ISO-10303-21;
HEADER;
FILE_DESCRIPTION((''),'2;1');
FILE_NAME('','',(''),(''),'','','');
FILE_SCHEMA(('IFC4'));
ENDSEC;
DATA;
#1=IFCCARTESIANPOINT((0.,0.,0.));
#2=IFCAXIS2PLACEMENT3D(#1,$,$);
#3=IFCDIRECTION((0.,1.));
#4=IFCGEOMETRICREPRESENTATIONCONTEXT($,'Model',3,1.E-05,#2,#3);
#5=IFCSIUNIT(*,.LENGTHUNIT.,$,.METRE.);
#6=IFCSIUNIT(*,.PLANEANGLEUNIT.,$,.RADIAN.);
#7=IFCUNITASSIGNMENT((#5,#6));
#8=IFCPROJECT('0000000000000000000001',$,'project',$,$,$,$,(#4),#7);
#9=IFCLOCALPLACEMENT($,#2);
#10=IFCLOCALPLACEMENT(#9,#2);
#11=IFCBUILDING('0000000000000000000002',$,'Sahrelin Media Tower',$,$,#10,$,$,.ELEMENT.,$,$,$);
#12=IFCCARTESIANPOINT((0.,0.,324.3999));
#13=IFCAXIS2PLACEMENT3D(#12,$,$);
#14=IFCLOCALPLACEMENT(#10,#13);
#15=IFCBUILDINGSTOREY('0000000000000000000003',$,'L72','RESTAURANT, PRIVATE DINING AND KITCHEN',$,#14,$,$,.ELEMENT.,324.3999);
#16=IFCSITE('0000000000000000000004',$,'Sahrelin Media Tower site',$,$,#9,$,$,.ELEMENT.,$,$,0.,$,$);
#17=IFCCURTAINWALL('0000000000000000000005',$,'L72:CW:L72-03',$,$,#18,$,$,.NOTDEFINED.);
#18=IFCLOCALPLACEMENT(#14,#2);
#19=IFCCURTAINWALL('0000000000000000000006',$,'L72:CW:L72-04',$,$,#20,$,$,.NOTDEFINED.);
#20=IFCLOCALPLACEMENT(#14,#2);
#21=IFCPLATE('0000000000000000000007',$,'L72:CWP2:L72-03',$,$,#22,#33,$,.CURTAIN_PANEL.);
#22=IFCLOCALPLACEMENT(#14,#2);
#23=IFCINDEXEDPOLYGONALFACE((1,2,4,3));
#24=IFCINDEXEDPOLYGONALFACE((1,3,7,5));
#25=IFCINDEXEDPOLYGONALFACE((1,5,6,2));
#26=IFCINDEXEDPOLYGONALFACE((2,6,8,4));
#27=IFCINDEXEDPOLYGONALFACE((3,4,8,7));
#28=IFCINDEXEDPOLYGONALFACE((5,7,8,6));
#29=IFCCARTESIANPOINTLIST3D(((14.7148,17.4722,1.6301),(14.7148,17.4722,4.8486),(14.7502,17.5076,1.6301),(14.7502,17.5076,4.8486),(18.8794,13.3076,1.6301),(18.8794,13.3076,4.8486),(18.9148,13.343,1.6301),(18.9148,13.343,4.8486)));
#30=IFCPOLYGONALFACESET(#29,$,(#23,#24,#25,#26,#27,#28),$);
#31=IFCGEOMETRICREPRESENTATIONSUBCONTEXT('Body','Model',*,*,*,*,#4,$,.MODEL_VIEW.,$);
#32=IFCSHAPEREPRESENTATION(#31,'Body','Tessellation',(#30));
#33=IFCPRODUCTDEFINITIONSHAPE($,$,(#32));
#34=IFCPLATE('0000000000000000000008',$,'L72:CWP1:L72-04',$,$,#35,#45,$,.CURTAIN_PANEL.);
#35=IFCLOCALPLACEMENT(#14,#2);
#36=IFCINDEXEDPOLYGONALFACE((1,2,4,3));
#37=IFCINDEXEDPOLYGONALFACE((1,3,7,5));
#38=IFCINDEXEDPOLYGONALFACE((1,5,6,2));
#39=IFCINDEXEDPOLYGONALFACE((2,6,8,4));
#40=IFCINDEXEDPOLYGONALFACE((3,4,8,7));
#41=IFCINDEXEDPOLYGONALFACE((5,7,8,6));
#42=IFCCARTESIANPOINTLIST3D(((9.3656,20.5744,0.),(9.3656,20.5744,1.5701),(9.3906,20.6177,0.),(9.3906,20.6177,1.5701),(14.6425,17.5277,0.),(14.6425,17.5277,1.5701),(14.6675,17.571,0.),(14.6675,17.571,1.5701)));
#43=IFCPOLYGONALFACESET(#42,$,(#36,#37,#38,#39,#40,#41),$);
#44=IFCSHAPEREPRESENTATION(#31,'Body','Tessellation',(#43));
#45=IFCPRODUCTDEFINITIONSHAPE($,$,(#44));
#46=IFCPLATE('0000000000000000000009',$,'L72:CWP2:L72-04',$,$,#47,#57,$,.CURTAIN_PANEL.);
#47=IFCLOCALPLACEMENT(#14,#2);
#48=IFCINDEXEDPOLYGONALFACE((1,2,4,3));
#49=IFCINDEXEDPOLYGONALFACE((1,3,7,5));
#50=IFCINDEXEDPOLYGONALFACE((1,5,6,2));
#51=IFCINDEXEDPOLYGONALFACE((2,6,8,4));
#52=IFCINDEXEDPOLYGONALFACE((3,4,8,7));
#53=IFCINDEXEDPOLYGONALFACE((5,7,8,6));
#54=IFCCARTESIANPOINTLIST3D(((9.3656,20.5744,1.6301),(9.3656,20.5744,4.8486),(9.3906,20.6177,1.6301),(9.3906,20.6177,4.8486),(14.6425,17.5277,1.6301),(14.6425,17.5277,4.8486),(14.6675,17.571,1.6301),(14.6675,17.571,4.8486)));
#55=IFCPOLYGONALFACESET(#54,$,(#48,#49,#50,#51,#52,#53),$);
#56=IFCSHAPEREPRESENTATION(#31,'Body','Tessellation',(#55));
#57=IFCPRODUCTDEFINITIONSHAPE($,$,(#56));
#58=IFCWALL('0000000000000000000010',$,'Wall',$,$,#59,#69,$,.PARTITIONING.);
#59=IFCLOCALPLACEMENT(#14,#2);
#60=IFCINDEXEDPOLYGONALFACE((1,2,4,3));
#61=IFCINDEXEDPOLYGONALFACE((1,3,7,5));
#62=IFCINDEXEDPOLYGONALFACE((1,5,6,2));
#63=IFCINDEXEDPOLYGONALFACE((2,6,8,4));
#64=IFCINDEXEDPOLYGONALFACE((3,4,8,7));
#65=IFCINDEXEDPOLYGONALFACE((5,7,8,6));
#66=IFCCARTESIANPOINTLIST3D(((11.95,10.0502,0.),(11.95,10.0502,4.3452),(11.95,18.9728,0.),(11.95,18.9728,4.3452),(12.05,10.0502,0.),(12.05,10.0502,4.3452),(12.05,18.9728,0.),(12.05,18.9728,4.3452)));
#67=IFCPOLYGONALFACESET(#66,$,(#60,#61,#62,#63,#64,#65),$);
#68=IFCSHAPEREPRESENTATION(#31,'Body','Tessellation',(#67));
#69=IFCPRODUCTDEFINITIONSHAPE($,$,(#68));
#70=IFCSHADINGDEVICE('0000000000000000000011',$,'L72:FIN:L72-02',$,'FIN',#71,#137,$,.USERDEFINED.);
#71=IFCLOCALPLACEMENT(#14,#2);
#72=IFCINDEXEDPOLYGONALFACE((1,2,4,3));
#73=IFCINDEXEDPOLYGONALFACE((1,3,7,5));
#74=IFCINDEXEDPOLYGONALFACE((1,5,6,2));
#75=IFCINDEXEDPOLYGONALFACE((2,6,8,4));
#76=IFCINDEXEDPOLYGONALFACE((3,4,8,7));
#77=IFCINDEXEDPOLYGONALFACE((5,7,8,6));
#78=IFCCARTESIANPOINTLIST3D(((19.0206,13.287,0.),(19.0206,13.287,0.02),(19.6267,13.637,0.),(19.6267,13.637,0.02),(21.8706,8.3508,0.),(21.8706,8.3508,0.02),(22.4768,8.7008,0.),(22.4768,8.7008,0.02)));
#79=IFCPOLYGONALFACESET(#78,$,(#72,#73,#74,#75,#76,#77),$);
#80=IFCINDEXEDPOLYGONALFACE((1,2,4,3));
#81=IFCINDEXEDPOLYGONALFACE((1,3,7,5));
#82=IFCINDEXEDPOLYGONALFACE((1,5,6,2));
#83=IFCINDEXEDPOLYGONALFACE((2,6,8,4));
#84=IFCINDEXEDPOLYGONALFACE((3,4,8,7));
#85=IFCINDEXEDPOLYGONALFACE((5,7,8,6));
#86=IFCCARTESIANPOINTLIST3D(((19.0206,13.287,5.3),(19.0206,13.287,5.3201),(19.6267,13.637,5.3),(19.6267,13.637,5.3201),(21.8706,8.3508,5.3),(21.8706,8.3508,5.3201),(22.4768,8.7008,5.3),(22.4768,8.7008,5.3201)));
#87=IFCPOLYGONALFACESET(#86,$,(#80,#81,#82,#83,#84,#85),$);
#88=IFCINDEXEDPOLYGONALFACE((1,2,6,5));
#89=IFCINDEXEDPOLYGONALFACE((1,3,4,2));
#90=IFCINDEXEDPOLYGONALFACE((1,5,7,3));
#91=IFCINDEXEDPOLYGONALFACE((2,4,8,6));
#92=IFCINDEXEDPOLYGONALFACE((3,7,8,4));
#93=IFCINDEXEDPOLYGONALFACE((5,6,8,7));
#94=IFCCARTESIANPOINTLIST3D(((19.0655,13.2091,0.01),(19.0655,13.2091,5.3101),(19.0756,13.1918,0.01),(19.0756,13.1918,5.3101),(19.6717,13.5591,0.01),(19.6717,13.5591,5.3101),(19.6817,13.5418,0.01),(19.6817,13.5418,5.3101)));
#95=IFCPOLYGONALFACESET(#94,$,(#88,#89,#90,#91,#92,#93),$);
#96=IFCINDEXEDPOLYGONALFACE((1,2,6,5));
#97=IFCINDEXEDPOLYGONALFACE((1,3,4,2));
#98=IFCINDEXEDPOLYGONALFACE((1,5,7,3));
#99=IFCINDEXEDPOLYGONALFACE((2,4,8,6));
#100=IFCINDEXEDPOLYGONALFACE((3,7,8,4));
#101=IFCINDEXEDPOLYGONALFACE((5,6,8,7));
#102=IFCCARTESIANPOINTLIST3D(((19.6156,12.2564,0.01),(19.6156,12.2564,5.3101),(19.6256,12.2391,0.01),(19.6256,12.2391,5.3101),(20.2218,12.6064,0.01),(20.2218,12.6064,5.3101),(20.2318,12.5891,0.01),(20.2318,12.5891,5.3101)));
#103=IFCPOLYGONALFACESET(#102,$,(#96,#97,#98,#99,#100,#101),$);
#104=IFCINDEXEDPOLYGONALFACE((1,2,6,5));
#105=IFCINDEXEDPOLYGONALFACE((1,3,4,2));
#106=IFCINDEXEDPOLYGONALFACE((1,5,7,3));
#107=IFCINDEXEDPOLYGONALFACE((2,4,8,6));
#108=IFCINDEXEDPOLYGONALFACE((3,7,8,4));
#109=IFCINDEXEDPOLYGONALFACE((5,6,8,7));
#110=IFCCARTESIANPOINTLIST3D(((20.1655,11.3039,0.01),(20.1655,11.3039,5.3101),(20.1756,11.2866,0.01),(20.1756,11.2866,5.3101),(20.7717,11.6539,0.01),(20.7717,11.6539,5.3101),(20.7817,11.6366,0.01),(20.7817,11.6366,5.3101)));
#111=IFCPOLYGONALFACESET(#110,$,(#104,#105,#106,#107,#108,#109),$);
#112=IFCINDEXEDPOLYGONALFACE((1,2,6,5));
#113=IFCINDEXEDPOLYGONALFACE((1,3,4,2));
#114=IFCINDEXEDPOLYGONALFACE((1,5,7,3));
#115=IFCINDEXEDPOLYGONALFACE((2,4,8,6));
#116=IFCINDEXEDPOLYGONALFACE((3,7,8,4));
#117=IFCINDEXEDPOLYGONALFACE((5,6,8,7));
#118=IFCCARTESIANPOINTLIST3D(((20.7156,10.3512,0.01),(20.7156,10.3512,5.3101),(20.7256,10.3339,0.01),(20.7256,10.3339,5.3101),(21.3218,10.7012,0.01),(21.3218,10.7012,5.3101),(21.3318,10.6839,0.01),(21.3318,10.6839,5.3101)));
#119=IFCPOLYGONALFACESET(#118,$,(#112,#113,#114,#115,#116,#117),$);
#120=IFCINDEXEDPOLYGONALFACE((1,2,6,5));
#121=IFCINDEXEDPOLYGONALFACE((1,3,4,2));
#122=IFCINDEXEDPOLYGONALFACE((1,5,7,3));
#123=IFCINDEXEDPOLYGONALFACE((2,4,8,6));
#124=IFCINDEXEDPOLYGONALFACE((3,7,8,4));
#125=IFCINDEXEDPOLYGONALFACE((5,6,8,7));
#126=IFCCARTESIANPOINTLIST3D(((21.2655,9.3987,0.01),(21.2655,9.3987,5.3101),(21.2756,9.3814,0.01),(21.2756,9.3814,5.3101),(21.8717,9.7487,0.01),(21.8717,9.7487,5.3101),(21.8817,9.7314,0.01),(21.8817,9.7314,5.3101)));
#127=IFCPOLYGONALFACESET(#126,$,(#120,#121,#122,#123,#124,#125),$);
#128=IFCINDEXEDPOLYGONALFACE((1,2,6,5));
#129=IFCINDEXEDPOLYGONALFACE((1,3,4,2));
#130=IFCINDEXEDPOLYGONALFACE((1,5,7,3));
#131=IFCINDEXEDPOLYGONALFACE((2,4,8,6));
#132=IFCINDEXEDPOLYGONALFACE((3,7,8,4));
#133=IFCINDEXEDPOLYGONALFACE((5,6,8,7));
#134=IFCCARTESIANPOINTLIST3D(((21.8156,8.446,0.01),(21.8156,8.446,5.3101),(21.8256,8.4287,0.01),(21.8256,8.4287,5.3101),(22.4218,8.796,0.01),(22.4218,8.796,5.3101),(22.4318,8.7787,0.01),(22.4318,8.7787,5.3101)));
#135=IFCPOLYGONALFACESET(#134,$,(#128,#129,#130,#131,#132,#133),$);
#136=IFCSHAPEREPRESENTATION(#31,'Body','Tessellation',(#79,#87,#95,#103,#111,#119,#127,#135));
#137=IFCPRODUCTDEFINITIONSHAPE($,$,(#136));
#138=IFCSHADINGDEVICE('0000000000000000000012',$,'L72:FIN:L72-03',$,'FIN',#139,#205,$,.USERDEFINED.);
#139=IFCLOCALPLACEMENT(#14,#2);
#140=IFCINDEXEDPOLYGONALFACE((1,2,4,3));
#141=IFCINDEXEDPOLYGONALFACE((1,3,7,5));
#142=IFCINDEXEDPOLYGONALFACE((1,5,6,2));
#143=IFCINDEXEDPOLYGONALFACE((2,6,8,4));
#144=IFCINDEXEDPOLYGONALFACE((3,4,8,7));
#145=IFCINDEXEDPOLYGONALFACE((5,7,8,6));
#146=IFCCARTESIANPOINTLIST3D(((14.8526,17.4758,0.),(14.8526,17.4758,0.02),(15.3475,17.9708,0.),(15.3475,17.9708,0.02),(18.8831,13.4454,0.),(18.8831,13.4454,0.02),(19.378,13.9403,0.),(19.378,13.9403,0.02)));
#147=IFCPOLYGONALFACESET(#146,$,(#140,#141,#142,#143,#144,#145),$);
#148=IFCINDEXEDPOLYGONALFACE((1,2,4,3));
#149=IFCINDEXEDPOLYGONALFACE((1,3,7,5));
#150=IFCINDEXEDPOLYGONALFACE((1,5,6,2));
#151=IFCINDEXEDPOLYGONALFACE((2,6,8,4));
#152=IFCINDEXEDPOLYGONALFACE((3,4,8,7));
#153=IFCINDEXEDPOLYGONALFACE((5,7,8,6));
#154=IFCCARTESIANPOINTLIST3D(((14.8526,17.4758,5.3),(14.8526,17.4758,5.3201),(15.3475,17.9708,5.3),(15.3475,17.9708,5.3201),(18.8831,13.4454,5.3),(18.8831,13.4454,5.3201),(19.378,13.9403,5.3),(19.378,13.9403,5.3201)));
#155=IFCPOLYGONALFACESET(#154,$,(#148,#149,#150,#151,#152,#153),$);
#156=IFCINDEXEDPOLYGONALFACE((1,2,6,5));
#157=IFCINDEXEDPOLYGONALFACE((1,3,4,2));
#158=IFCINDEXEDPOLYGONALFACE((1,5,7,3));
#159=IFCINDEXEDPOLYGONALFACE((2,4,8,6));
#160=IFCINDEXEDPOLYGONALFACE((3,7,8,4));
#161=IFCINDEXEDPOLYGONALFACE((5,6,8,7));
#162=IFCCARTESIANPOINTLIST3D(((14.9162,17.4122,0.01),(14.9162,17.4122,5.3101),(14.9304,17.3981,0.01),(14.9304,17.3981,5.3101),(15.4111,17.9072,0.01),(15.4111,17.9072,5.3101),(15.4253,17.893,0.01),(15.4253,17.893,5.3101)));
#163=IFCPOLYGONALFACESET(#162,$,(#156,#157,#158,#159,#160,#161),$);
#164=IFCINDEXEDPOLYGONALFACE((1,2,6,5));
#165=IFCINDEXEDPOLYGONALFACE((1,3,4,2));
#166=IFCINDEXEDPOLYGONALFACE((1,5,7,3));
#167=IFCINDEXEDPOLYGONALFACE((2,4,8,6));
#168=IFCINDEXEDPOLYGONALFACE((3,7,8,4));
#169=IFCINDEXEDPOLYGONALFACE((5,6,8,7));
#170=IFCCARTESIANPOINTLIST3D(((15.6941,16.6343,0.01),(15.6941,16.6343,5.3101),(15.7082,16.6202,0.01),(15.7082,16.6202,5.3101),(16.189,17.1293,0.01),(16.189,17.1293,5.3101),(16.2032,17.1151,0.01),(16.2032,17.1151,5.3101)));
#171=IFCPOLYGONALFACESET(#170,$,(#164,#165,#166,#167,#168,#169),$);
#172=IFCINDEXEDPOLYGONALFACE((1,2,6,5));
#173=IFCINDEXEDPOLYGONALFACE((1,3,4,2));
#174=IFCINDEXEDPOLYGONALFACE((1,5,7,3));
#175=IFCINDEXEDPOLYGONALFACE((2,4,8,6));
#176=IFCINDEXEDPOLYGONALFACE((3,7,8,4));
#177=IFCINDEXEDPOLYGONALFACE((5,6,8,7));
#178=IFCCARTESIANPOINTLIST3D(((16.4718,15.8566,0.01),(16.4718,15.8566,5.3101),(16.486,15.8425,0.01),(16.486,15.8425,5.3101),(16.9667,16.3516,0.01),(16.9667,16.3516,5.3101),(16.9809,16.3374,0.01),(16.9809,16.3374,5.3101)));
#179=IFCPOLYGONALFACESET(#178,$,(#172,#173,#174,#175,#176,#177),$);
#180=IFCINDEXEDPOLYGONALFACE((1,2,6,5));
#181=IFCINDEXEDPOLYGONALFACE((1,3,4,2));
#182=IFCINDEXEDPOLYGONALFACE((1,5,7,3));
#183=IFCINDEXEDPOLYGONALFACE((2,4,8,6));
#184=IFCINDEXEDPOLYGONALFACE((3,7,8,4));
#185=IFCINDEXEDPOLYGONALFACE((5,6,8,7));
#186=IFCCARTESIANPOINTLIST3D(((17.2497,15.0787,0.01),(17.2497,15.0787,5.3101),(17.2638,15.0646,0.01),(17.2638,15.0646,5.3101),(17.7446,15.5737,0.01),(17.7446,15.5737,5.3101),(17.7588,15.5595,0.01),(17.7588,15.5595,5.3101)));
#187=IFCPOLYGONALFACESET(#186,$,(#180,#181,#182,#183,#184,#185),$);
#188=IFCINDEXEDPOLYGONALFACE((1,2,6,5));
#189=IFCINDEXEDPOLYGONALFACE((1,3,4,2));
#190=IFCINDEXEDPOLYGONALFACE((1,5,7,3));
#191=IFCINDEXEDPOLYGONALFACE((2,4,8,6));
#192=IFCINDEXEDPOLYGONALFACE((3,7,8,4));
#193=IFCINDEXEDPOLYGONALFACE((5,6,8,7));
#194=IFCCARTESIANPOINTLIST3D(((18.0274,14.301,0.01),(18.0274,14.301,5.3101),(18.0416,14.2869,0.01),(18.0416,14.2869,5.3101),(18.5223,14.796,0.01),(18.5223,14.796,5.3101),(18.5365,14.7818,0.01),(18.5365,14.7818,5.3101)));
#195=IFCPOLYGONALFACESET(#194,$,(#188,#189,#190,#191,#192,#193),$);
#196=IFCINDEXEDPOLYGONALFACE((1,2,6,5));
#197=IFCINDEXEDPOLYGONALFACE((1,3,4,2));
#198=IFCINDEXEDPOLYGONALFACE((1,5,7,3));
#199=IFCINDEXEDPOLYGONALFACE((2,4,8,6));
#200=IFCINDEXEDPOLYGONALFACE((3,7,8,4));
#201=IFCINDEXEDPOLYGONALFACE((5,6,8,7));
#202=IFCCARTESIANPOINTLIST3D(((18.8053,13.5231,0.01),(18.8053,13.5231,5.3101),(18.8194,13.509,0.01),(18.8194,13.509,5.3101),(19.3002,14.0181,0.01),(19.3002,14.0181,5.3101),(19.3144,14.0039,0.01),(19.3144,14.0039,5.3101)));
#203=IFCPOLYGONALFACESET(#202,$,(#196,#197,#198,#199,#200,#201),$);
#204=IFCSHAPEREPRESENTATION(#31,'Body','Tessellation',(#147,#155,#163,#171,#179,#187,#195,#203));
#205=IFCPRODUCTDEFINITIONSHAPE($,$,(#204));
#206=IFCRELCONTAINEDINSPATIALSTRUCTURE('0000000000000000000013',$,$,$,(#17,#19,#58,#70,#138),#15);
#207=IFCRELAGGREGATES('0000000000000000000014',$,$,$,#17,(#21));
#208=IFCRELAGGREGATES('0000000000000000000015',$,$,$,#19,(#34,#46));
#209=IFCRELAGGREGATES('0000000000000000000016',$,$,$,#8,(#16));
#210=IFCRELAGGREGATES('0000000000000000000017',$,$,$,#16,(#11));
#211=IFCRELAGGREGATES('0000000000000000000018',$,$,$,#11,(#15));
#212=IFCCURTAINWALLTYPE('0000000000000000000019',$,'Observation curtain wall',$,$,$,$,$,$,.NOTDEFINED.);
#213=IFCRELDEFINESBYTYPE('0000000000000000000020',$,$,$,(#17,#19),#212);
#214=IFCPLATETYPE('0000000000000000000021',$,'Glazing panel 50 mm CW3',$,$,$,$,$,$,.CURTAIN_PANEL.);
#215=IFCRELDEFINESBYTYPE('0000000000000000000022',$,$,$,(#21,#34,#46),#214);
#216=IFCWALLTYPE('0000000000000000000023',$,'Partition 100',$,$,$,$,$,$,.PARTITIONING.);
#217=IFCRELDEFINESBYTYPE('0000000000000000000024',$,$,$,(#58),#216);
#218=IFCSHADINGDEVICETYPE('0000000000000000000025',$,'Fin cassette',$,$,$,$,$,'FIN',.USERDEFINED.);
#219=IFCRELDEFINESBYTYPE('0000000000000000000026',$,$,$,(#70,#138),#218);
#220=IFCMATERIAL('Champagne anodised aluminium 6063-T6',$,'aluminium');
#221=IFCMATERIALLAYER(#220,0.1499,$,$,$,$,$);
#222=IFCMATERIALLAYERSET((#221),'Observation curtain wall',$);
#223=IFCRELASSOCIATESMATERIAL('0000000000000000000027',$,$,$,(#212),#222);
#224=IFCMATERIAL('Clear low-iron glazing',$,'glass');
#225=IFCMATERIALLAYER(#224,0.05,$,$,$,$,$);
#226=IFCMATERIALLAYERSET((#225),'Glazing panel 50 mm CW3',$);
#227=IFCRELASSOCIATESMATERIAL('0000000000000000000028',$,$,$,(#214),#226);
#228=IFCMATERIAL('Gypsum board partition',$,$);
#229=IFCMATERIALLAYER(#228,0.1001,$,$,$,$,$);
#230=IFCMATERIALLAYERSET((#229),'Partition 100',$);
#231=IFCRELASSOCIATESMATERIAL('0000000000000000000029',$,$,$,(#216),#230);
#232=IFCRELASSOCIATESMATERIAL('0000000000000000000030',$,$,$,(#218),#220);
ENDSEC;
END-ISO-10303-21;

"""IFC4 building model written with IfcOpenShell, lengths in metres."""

from ifc_helpers import new_model, si_unit, direction, frame, frame_2d, origin, origin_2d, place, context, subcontext, project, spatial, polyline, rectangle, outline, extrude, material, layer, layer_set, type_object, element, aggregate, save


model = new_model("IFC4")

# Units and contexts
model_context = context("Model", 3, precision=1e-05, world=origin(), true_north=direction((0.0, 1.0)))
body_context = subcontext(model_context, "Body", "Model", "MODEL_VIEW")
ifc_project = project(units=[si_unit("LENGTHUNIT", "METRE"), si_unit("PLANEANGLEUNIT", "RADIAN")], contexts=[model_context])

# Site, building, storey
site_placement = place(None, origin())
site = spatial("IfcSite", under=ifc_project, at=site_placement, Name="Sahrelin Media Tower site", CompositionType="ELEMENT", RefElevation=0.0)
building_placement = place(site_placement, origin())
building = spatial("IfcBuilding", under=site, at=building_placement, Name="Sahrelin Media Tower", CompositionType="ELEMENT")
storey_placement = place(building_placement, frame((0.0, 0.0, 324.3999)))
storey = spatial("IfcBuildingStorey", under=building, at=storey_placement, Name="L72", Description="RESTAURANT, PRIVATE DINING AND KITCHEN", CompositionType="ELEMENT", Elevation=324.3999)

# Curtain walls
ifc_material_1 = material(Name="Champagne anodised aluminium 6063-T6", Category="aluminium")
ifc_layer_1 = layer(ifc_material_1, 0.1499)
ifc_layer_set_1 = layer_set([ifc_layer_1], Name="Observation curtain wall")
curtain_wall_type = type_object("IfcCurtainWallType", Name="Observation curtain wall", PredefinedType="NOTDEFINED", material=ifc_layer_set_1)
curtain_wall_1_placement = place(storey_placement, frame((16.8184, 15.4111, 0.0), z_axis=(0.0, 0.0, 1.0), x_axis=(1.0, 0.0, 0.0)))
curtain_wall_1 = element("IfcCurtainWall", 1, at=curtain_wall_1_placement, inside=storey, type_object=curtain_wall_type, Name="L72:CW:L72-03", PredefinedType="NOTDEFINED")
curtain_wall_2_placement = place(storey_placement, frame((12.019, 19.0771, 0.0), z_axis=(0.0, 0.0, 1.0), x_axis=(1.0, 0.0, 0.0)))
curtain_wall_2 = element("IfcCurtainWall", 2, at=curtain_wall_2_placement, inside=storey, type_object=curtain_wall_type, Name="L72:CW:L72-04", PredefinedType="NOTDEFINED")

# Plates
ifc_material_2 = material(Name="Clear low-iron glazing", Category="glass")
ifc_layer_2 = layer(ifc_material_2, 0.05)
ifc_layer_set_2 = layer_set([ifc_layer_2], Name="Glazing panel 50 mm CW3")
plate_type = type_object("IfcPlateType", Name="Glazing panel 50 mm CW3", PredefinedType="CURTAIN_PANEL", material=ifc_layer_set_2)
plate_1_placement = place(storey_placement, frame((18.9148, 13.343, 1.6301), z_axis=(0.707107, 0.707107, 0.0), x_axis=(-0.707107, 0.707107, 0.0)))
plate_1 = element("IfcPlate", 3, at=plate_1_placement, type_object=plate_type, Name="L72:CWP2:L72-03", PredefinedType="CURTAIN_PANEL", context=body_context, shape_type="SweptSolid", body=[
    extrude(outline(polyline([(0.0, 0.0), (5.8896, 0.0), (5.8896, 3.2185), (0.0, 3.2185), (0.0, 0.0)])), origin(), (0.0, 0.0, -1.0), 0.05),
])
aggregate(curtain_wall_1, [plate_1])
plate_2_placement = place(storey_placement, frame((14.6675, 17.571, 0.0), z_axis=(0.500005, 0.866023, 0.0), x_axis=(-0.866023, 0.500005, 0.0)))
plate_2 = element("IfcPlate", 4, at=plate_2_placement, type_object=plate_type, Name="L72:CWP1:L72-04", PredefinedType="CURTAIN_PANEL", context=body_context, shape_type="SweptSolid", body=[
    extrude(outline(polyline([(0.0, 0.0), (6.0933, 0.0), (6.0933, 1.5701), (0.0, 1.5701), (0.0, 0.0)])), origin(), (0.0, 0.0, -1.0), 0.05),
])
plate_3_placement = place(storey_placement, frame((14.6675, 17.571, 1.6301), z_axis=(0.500005, 0.866023, 0.0), x_axis=(-0.866023, 0.500005, 0.0)))
plate_3 = element("IfcPlate", 5, at=plate_3_placement, type_object=plate_type, Name="L72:CWP2:L72-04", PredefinedType="CURTAIN_PANEL", context=body_context, shape_type="SweptSolid", body=[
    extrude(outline(polyline([(0.0, 0.0), (6.0933, 0.0), (6.0933, 3.2185), (0.0, 3.2185), (0.0, 0.0)])), origin(), (0.0, 0.0, -1.0), 0.05),
])
aggregate(curtain_wall_2, [plate_2, plate_3])

# Wall
ifc_material_3 = material(Name="Gypsum board partition")
ifc_layer_3 = layer(ifc_material_3, 0.1001)
ifc_layer_set_3 = layer_set([ifc_layer_3], Name="Partition 100")
wall_type = type_object("IfcWallType", Name="Partition 100", PredefinedType="PARTITIONING", material=ifc_layer_set_3)
wall_placement = place(storey_placement, frame((12.0, 10.05, 0.0), z_axis=(0.0, 0.0, 1.0), x_axis=(0.0, 1.0, 0.0)))
element("IfcWall", 6, at=wall_placement, inside=storey, type_object=wall_type, Name="Wall", PredefinedType="PARTITIONING", context=body_context, shape_type="SweptSolid", body=[
    extrude(rectangle(XDim=8.9226, YDim=0.1001, at=frame_2d((4.4614, 0.0))), origin(), (0.0, 0.0, 1.0), 4.3452),
])

# Shading devices
shading_device_type_1 = type_object("IfcShadingDeviceType", Name="Fin cassette", ElementType="FIN", PredefinedType="USERDEFINED", material=ifc_material_1)
placement_1 = place(storey_placement, frame((20.385, 10.7839, 0.0), z_axis=(0.0, 0.0, 1.0), x_axis=(0.500011, -0.866019, 0.0)))
element("IfcShadingDevice", 7, at=placement_1, inside=storey, type_object=shading_device_type_1, Name="L72:FIN:L72-02", ObjectType="FIN", PredefinedType="USERDEFINED", context=body_context, shape_type="SweptSolid", body=[
    extrude(rectangle(XDim=5.7, YDim=0.7, at=origin_2d()), frame((0.0, 0.4199, 0.0)), (0.0, 0.0, 1.0), 0.02),
    extrude(rectangle(XDim=5.7, YDim=0.7, at=origin_2d()), frame((0.0, 0.4199, 5.3)), (0.0, 0.0, 1.0), 0.02),
    extrude(rectangle(XDim=0.02, YDim=0.7, at=origin_2d()), frame((-2.75, 0.4199, 0.01), z_axis=(0.0, 0.0, 1.0), x_axis=(1.0, 0.0, 0.0)), (0.0, 0.0, 1.0), 5.3),
    extrude(rectangle(XDim=0.02, YDim=0.7, at=origin_2d()), frame((-1.6499, 0.4199, 0.01), z_axis=(0.0, 0.0, 1.0), x_axis=(1.0, 0.0, 0.0)), (0.0, 0.0, 1.0), 5.3),
    extrude(rectangle(XDim=0.02, YDim=0.7, at=origin_2d()), frame((-0.55, 0.4199, 0.01), z_axis=(0.0, 0.0, 1.0), x_axis=(1.0, 0.0, 0.0)), (0.0, 0.0, 1.0), 5.3),
    extrude(rectangle(XDim=0.02, YDim=0.7, at=origin_2d()), frame((0.55, 0.4199, 0.01), z_axis=(0.0, 0.0, 1.0), x_axis=(1.0, 0.0, 0.0)), (0.0, 0.0, 1.0), 5.3),
    extrude(rectangle(XDim=0.02, YDim=0.7, at=origin_2d()), frame((1.6499, 0.4199, 0.01), z_axis=(0.0, 0.0, 1.0), x_axis=(1.0, 0.0, 0.0)), (0.0, 0.0, 1.0), 5.3),
    extrude(rectangle(XDim=0.02, YDim=0.7, at=origin_2d()), frame((2.75, 0.4199, 0.01), z_axis=(0.0, 0.0, 1.0), x_axis=(1.0, 0.0, 0.0)), (0.0, 0.0, 1.0), 5.3),
])
placement_2 = place(storey_placement, frame((16.8184, 15.4111, 0.0), z_axis=(0.0, 0.0, 1.0), x_axis=(0.707107, -0.707107, 0.0)))
element("IfcShadingDevice", 8, at=placement_2, inside=storey, type_object=shading_device_type_1, Name="L72:FIN:L72-03", ObjectType="FIN", PredefinedType="USERDEFINED", context=body_context, shape_type="SweptSolid", body=[
    extrude(rectangle(XDim=5.7, YDim=0.7, at=origin_2d()), frame((0.0, 0.4199, 0.0)), (0.0, 0.0, 1.0), 0.02),
    extrude(rectangle(XDim=5.7, YDim=0.7, at=origin_2d()), frame((0.0, 0.4199, 5.3)), (0.0, 0.0, 1.0), 0.02),
    extrude(rectangle(XDim=0.02, YDim=0.7, at=origin_2d()), frame((-2.75, 0.4199, 0.01), z_axis=(0.0, 0.0, 1.0), x_axis=(1.0, 0.0, 0.0)), (0.0, 0.0, 1.0), 5.3),
    extrude(rectangle(XDim=0.02, YDim=0.7, at=origin_2d()), frame((-1.6499, 0.4199, 0.01), z_axis=(0.0, 0.0, 1.0), x_axis=(1.0, 0.0, 0.0)), (0.0, 0.0, 1.0), 5.3),
    extrude(rectangle(XDim=0.02, YDim=0.7, at=origin_2d()), frame((-0.55, 0.4199, 0.01), z_axis=(0.0, 0.0, 1.0), x_axis=(1.0, 0.0, 0.0)), (0.0, 0.0, 1.0), 5.3),
    extrude(rectangle(XDim=0.02, YDim=0.7, at=origin_2d()), frame((0.55, 0.4199, 0.01), z_axis=(0.0, 0.0, 1.0), x_axis=(1.0, 0.0, 0.0)), (0.0, 0.0, 1.0), 5.3),
    extrude(rectangle(XDim=0.02, YDim=0.7, at=origin_2d()), frame((1.6499, 0.4199, 0.01), z_axis=(0.0, 0.0, 1.0), x_axis=(1.0, 0.0, 0.0)), (0.0, 0.0, 1.0), 5.3),
    extrude(rectangle(XDim=0.02, YDim=0.7, at=origin_2d()), frame((2.75, 0.4199, 0.01), z_axis=(0.0, 0.0, 1.0), x_axis=(1.0, 0.0, 0.0)), (0.0, 0.0, 1.0), 5.3),
])

save(model, "model.ifc")
